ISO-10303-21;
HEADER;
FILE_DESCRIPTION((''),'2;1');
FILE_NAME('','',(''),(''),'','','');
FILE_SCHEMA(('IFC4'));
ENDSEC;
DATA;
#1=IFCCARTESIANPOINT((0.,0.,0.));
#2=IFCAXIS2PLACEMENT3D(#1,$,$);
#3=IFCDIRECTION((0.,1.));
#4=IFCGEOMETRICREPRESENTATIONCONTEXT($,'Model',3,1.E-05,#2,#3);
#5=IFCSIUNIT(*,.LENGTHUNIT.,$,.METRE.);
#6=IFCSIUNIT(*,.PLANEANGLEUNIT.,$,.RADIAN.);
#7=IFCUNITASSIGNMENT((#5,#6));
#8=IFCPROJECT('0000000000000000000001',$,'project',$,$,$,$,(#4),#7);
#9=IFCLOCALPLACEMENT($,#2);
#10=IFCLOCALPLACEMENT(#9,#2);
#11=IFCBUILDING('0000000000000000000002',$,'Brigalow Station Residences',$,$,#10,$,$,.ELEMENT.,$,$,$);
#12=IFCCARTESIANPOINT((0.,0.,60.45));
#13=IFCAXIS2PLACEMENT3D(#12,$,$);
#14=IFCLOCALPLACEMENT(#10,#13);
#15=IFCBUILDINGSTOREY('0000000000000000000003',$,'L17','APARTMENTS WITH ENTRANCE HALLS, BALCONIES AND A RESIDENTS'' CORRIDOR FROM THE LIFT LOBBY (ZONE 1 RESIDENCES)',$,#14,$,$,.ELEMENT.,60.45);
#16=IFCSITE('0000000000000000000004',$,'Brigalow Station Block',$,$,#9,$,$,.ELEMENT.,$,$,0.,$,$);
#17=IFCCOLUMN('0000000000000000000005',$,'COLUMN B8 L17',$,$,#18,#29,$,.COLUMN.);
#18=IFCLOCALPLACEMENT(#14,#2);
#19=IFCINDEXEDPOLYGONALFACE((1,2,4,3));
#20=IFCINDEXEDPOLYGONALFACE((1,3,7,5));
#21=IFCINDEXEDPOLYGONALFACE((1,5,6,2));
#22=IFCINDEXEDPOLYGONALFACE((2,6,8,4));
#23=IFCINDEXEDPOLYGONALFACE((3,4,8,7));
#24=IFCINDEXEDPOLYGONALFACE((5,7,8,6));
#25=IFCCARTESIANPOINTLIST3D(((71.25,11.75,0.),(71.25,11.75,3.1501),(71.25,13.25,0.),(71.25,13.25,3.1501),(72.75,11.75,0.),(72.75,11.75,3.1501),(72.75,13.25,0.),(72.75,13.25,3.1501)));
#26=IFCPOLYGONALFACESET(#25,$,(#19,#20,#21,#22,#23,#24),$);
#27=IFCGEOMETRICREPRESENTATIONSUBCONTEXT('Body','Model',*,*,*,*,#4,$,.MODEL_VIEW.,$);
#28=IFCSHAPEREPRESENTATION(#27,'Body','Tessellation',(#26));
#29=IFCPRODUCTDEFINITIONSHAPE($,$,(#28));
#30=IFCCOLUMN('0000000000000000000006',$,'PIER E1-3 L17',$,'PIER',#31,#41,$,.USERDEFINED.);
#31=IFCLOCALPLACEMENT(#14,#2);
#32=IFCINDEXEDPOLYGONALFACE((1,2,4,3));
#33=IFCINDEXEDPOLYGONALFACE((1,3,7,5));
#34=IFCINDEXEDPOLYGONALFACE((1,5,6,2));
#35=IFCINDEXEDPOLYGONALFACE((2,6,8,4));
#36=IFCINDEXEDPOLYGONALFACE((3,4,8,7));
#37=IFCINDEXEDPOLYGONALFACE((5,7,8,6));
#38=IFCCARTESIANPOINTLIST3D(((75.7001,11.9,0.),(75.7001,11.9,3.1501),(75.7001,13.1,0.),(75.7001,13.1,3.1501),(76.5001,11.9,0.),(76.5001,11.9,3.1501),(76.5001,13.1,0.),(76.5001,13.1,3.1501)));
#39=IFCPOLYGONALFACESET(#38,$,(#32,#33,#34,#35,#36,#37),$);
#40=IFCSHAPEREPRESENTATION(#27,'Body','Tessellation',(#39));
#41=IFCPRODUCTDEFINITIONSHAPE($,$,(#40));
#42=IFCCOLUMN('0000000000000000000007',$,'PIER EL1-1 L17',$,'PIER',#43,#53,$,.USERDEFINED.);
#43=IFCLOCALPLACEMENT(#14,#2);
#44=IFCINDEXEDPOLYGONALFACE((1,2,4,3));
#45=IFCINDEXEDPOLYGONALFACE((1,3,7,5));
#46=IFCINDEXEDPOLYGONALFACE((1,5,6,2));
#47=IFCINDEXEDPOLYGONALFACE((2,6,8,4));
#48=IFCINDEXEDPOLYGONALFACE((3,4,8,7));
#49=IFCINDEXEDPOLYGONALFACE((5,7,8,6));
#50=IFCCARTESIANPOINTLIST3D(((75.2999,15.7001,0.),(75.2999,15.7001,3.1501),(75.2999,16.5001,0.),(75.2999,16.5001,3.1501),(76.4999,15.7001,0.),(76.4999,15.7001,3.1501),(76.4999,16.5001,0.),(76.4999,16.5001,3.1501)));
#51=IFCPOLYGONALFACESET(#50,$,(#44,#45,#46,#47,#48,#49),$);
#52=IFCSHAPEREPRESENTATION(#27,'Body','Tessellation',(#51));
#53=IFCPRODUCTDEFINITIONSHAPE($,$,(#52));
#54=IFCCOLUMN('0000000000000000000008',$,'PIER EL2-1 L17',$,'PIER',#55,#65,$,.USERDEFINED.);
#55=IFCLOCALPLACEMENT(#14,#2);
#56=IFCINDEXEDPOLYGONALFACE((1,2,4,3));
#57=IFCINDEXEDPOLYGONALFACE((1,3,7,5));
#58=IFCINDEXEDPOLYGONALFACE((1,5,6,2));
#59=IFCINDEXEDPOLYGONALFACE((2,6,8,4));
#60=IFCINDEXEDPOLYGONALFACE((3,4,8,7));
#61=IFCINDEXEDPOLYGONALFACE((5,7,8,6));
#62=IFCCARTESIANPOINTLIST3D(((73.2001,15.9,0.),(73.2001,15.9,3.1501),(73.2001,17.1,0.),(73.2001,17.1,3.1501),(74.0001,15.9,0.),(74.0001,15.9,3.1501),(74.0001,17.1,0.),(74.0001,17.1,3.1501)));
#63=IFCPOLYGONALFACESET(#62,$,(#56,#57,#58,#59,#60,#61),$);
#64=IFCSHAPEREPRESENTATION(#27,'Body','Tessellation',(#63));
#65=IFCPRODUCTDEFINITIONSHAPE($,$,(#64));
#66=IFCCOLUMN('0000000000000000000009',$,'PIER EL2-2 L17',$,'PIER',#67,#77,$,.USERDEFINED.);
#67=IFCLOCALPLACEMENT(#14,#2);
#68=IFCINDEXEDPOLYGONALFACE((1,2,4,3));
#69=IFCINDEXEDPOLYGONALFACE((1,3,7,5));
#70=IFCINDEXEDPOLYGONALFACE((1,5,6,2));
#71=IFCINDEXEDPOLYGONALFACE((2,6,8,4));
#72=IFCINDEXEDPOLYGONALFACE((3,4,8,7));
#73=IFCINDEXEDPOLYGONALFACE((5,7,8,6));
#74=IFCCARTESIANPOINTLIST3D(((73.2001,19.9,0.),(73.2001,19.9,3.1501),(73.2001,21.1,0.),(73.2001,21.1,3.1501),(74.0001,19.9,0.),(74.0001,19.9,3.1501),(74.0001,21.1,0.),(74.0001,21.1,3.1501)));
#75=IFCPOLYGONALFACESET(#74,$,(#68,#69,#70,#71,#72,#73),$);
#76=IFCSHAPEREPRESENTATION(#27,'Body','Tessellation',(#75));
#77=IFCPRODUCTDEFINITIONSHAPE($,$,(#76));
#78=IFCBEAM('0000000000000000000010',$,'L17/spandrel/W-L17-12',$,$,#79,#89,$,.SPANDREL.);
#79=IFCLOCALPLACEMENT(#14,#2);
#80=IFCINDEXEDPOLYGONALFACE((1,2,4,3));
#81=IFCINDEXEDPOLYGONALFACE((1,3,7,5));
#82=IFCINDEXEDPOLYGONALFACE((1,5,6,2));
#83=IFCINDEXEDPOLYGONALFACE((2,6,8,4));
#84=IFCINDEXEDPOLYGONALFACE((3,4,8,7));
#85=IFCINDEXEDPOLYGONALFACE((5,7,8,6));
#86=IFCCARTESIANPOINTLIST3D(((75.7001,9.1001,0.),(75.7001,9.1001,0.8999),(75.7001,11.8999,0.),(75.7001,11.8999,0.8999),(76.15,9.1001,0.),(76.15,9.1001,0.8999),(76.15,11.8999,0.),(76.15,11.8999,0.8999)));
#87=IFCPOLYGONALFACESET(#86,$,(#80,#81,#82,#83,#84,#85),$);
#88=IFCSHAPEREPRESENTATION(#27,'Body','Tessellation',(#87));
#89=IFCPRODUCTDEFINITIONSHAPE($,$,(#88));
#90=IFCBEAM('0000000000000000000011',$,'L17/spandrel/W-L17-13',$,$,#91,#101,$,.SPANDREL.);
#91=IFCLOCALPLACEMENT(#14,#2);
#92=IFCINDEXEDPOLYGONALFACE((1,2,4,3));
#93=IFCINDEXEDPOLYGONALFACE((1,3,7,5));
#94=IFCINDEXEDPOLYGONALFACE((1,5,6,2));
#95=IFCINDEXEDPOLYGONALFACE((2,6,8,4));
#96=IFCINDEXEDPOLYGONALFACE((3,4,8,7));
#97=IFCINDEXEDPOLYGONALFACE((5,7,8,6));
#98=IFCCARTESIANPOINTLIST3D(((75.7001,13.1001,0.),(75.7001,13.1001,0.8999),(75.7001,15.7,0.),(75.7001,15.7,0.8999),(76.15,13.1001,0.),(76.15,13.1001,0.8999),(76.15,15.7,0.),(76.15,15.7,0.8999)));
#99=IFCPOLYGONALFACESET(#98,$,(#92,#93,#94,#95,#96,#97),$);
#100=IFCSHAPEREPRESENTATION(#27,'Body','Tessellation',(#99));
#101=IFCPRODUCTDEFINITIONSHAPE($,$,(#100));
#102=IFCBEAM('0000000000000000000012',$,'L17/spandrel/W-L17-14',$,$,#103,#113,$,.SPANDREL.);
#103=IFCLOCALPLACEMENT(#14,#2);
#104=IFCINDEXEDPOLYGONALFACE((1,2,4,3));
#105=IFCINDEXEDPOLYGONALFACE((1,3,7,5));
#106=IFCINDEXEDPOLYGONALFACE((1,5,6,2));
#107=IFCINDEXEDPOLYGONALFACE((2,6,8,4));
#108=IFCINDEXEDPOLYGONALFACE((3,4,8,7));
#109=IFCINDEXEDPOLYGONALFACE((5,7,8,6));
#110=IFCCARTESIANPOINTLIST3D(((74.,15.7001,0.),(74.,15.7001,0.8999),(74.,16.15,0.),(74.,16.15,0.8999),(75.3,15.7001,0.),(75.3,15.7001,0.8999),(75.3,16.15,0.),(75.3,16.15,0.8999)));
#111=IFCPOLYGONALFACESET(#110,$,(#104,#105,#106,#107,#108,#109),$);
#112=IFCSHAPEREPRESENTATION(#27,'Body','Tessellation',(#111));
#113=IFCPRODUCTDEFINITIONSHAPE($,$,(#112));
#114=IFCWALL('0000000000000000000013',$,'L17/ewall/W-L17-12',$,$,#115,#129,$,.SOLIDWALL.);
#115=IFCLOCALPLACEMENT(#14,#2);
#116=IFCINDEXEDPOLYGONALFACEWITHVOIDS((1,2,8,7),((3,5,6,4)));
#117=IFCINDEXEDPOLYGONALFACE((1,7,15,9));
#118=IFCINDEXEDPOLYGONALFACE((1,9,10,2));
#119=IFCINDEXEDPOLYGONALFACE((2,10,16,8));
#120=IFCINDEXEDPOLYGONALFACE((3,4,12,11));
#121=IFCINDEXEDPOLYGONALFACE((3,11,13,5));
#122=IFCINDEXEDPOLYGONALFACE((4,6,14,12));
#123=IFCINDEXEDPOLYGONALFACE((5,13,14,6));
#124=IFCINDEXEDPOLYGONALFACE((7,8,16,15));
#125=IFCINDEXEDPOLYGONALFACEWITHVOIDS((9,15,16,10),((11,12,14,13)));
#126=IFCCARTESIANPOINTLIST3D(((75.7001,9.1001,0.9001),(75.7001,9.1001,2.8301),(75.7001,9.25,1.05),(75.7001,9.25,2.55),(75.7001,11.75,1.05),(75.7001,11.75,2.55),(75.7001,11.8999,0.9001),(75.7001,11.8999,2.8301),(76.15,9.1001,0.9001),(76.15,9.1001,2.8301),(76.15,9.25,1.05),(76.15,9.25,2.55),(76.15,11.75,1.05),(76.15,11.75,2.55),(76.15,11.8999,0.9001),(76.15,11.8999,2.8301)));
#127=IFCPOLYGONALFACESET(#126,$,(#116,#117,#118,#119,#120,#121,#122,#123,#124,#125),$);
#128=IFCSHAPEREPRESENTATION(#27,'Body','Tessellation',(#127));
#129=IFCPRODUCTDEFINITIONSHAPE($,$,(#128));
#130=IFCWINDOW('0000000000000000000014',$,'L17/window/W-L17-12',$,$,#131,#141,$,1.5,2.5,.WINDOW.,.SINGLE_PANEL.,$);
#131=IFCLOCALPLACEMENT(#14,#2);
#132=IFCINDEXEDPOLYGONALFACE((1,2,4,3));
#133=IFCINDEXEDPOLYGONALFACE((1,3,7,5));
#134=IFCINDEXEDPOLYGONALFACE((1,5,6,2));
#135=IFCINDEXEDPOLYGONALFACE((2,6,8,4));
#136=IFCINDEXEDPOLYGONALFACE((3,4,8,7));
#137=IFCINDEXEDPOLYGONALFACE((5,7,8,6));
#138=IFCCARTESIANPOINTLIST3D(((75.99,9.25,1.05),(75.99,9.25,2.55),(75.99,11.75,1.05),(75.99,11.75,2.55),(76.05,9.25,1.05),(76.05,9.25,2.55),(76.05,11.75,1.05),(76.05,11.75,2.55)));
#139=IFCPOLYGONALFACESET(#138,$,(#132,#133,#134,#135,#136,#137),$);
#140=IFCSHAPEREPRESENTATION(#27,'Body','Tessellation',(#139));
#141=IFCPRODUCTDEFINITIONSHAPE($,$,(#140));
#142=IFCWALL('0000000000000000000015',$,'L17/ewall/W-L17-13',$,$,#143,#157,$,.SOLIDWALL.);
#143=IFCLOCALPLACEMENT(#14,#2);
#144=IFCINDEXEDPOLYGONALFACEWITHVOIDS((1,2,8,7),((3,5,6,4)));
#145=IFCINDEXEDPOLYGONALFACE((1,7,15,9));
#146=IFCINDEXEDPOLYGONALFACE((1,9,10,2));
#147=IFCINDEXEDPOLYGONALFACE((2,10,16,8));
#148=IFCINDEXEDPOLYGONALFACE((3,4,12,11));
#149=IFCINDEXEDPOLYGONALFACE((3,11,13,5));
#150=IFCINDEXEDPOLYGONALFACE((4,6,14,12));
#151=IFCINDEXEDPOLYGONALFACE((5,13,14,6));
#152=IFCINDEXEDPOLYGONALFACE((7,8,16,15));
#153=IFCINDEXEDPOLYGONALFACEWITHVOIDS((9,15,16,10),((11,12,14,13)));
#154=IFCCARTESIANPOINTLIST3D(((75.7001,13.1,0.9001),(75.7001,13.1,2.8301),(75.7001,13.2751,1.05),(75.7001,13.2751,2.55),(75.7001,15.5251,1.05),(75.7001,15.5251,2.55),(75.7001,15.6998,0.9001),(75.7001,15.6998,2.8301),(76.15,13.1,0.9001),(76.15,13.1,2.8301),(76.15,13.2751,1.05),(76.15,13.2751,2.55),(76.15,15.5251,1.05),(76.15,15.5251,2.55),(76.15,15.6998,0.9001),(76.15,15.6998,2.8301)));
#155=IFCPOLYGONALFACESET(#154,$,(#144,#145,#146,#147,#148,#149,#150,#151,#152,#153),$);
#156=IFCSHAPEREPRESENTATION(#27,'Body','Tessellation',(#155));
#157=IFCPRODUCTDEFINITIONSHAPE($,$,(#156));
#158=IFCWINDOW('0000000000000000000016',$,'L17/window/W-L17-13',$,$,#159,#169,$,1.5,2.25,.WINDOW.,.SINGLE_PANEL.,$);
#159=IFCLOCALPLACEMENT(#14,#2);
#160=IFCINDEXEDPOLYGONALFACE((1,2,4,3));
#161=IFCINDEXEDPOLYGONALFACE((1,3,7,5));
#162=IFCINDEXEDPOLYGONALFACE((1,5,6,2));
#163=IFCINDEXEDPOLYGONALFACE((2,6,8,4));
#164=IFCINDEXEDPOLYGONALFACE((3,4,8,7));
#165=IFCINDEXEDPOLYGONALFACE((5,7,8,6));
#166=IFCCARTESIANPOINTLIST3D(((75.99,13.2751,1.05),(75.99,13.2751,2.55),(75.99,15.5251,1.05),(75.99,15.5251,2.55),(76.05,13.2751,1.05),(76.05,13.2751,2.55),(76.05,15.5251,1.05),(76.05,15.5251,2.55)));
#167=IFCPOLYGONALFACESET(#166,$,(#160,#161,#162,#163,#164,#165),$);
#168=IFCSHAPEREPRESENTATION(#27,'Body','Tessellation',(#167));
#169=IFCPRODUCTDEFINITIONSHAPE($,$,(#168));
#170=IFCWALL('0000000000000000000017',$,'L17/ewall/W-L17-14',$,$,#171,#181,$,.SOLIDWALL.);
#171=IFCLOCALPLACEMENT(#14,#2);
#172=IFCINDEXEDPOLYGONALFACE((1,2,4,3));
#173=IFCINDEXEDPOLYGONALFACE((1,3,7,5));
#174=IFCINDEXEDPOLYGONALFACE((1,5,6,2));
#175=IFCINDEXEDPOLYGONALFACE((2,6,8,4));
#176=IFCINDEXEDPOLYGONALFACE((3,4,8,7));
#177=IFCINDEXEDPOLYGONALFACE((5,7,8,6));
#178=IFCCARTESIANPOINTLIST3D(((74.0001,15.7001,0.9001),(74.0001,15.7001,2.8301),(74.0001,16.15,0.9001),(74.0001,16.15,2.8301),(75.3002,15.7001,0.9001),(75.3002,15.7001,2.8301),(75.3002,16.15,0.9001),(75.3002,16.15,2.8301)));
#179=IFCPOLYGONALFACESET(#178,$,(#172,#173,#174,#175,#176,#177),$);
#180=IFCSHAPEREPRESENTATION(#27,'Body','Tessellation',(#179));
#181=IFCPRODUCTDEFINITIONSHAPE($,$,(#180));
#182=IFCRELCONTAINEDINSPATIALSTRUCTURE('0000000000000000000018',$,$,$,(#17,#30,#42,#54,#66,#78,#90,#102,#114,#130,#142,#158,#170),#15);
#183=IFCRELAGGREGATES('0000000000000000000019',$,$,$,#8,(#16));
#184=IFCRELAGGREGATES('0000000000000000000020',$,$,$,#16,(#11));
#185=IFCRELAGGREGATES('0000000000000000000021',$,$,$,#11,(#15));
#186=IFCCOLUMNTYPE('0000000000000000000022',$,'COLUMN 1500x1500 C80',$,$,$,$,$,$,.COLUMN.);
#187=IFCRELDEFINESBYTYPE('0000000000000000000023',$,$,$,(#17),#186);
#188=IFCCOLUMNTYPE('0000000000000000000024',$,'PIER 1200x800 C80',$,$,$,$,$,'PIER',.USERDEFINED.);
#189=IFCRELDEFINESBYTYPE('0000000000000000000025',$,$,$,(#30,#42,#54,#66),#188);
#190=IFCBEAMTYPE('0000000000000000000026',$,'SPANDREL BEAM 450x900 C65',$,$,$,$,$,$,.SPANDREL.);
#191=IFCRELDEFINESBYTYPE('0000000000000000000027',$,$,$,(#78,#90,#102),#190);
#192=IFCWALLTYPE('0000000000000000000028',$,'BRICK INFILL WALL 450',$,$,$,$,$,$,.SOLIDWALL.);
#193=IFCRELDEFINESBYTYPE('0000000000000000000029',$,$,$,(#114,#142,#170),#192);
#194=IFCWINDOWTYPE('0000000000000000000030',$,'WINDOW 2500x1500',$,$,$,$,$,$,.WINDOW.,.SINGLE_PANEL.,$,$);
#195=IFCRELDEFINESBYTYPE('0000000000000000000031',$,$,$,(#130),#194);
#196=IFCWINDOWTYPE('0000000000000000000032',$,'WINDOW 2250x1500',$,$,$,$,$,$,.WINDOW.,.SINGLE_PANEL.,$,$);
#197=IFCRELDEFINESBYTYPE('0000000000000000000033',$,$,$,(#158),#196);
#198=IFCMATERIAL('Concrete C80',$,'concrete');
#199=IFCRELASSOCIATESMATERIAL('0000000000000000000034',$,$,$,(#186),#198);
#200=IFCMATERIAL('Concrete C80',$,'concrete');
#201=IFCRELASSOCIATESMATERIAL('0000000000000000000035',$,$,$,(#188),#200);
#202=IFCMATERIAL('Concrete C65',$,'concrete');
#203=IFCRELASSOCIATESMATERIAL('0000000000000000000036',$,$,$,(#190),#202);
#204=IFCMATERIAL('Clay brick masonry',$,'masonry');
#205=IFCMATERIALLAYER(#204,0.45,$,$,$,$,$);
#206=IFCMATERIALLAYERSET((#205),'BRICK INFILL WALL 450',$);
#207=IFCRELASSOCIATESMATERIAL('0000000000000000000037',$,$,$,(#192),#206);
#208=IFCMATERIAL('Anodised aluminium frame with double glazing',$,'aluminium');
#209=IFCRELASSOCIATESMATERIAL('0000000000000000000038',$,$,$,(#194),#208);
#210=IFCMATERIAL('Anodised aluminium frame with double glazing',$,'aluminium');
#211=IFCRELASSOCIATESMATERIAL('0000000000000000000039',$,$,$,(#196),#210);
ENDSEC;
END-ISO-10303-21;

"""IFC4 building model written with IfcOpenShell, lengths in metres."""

from ifc_helpers import new_model, si_unit, direction, frame, frame_2d, origin, origin_2d, place, context, subcontext, project, spatial, rectangle, extrude, material, layer, layer_set, material_profile, profile_set, type_object, element, fill, save


model = new_model("IFC4")

# Units and contexts
model_context = context("Model", 3, precision=1e-05, world=origin(), true_north=direction((0.0, 1.0)))
body_context = subcontext(model_context, "Body", "Model", "MODEL_VIEW")
ifc_project = project(units=[si_unit("LENGTHUNIT", "METRE"), si_unit("PLANEANGLEUNIT", "RADIAN")], contexts=[model_context])

# Site, building, storey
site_placement = place(None, origin())
site = spatial("IfcSite", under=ifc_project, at=site_placement, Name="Brigalow Station Block", CompositionType="ELEMENT", RefElevation=0.0)
building_placement = place(site_placement, origin())
building = spatial("IfcBuilding", under=site, at=building_placement, Name="Brigalow Station Residences", CompositionType="ELEMENT")
storey_placement = place(building_placement, frame((0.0, 0.0, 60.45)))
storey = spatial("IfcBuildingStorey", under=building, at=storey_placement, Name="L17", Description="APARTMENTS WITH ENTRANCE HALLS, BALCONIES AND A RESIDENTS' CORRIDOR FROM THE LIFT LOBBY (ZONE 1 RESIDENCES)", CompositionType="ELEMENT", Elevation=60.45)

# Columns
ifc_material_1 = material(Name="Concrete C80", Category="concrete")
ifc_material_profile_1 = material_profile(ifc_material_1, rectangle(XDim=1.5, YDim=1.5, at=origin_2d()), Name="RC1500x1500")
ifc_profile_set_1 = profile_set([ifc_material_profile_1], Name="Concrete C80")
column_type_1 = type_object("IfcColumnType", Name="COLUMN 1500x1500 C80", PredefinedType="COLUMN", material=ifc_profile_set_1)
column_placement = place(storey_placement, frame((72.0, 12.5, 0.0), z_axis=(0.0, 0.0, 1.0), x_axis=(1.0, 0.0, 0.0)))
element("IfcColumn", 1, at=column_placement, inside=storey, type_object=column_type_1, Name="COLUMN B8 L17", PredefinedType="COLUMN", context=body_context, shape_type="SweptSolid", body=[
    extrude(rectangle(XDim=1.5, YDim=1.5, at=origin_2d()), origin(), (0.0, 0.0, 1.0), 3.1501),
])
ifc_material_2 = material(Name="Concrete C80", Category="concrete")
ifc_material_profile_2 = material_profile(ifc_material_2, rectangle(XDim=1.2, YDim=0.8, at=origin_2d()), Name="RC1200x800")
ifc_profile_set_2 = profile_set([ifc_material_profile_2], Name="Concrete C80")
column_type_2 = type_object("IfcColumnType", Name="PIER 1200x800 C80", ElementType="PIER", PredefinedType="USERDEFINED", material=ifc_profile_set_2)
for number, where, z_axis, x_axis, name in (
    (2, (76.1001, 12.5, 0.0), (0.0, 0.0, 1.0), (0.0, 1.0, 0.0), "PIER E1-3 L17"),
    (3, (75.8999, 16.1001, 0.0), (0.0, 0.0, 1.0), (-1.0, 0.0, 0.0), "PIER EL1-1 L17"),
    (4, (73.6001, 16.5, 0.0), (0.0, 0.0, 1.0), (0.0, 1.0, 0.0), "PIER EL2-1 L17"),
    (5, (73.6001, 20.5, 0.0), (0.0, 0.0, 1.0), (0.0, 1.0, 0.0), "PIER EL2-2 L17"),
):
    element("IfcColumn", number, at=place(storey_placement, frame(where, z_axis=z_axis, x_axis=x_axis)), inside=storey, type_object=column_type_2, Name=name, ObjectType="PIER", PredefinedType="USERDEFINED", context=body_context, shape_type="SweptSolid", body=[
        extrude(rectangle(XDim=1.2, YDim=0.8, at=origin_2d()), origin(), (0.0, 0.0, 1.0), 3.1501),
    ])

# Beams
ifc_material_3 = material(Name="Concrete C65", Category="concrete")
ifc_material_profile_3 = material_profile(ifc_material_3, rectangle(XDim=0.45, YDim=0.8999, at=origin_2d()), Name="RC450x900")
ifc_profile_set_3 = profile_set([ifc_material_profile_3], Name="Concrete C65")
beam_type = type_object("IfcBeamType", Name="SPANDREL BEAM 450x900 C65", PredefinedType="SPANDREL", material=ifc_profile_set_3)
beam_1_placement = place(storey_placement, frame((75.925, 9.1001, 0.45), z_axis=(0.0, 1.0, 0.0), x_axis=(-1.0, 0.0, 0.0)))
element("IfcBeam", 6, at=beam_1_placement, inside=storey, type_object=beam_type, Name="L17/spandrel/W-L17-12", PredefinedType="SPANDREL", context=body_context, shape_type="SweptSolid", body=[
    extrude(rectangle(XDim=0.45, YDim=0.8999, at=origin_2d()), origin(), (0.0, 0.0, 1.0), 2.7998),
])
beam_2_placement = place(storey_placement, frame((75.925, 13.1001, 0.45), z_axis=(0.0, 1.0, 0.0), x_axis=(-1.0, 0.0, 0.0)))
element("IfcBeam", 7, at=beam_2_placement, inside=storey, type_object=beam_type, Name="L17/spandrel/W-L17-13", PredefinedType="SPANDREL", context=body_context, shape_type="SweptSolid", body=[
    extrude(rectangle(XDim=0.45, YDim=0.8999, at=origin_2d()), origin(), (0.0, 0.0, 1.0), 2.5999),
])
beam_3_placement = place(storey_placement, frame((75.3, 15.925, 0.45), z_axis=(-1.0, 0.0, 0.0), x_axis=(0.0, -1.0, 0.0)))
element("IfcBeam", 8, at=beam_3_placement, inside=storey, type_object=beam_type, Name="L17/spandrel/W-L17-14", PredefinedType="SPANDREL", context=body_context, shape_type="SweptSolid", body=[
    extrude(rectangle(XDim=0.45, YDim=0.8999, at=origin_2d()), origin(), (0.0, 0.0, 1.0), 1.3),
])

# Walls, openings, windows
ifc_material_4 = material(Name="Clay brick masonry", Category="masonry")
ifc_layer = layer(ifc_material_4, 0.45)
ifc_layer_set = layer_set([ifc_layer], Name="BRICK INFILL WALL 450")
wall_type = type_object("IfcWallType", Name="BRICK INFILL WALL 450", PredefinedType="SOLIDWALL", material=ifc_layer_set)
wall_1_placement = place(storey_placement, frame((75.925, 9.1001, 0.9001), z_axis=(0.0, 0.0, 1.0), x_axis=(0.0, 1.0, 0.0)))
wall_1 = element("IfcWall", 9, at=wall_1_placement, inside=storey, type_object=wall_type, Name="L17/ewall/W-L17-12", PredefinedType="SOLIDWALL", context=body_context, shape_type="SweptSolid", body=[
    extrude(rectangle(XDim=2.7998, YDim=0.45, at=frame_2d((1.3999, 0.0))), origin(), (0.0, 0.0, 1.0), 1.9299),
])
opening_1_placement = place(wall_1_placement, frame((0.1499, 0.0, 0.1499)))
opening_1 = element("IfcOpeningElement", 10, at=opening_1_placement, cuts=wall_1, PredefinedType="OPENING", context=body_context, shape_type="SweptSolid", body=[
    extrude(rectangle(XDim=2.5, YDim=1.5, at=frame_2d((1.25, 0.75))), frame((0.0, 0.2349, 0.0), z_axis=(0.0, -1.0, 0.0), x_axis=(1.0, 0.0, 0.0)), (0.0, 0.0, 1.0), 0.47),
])
ifc_material_5 = material(Name="Anodised aluminium frame with double glazing", Category="aluminium")
window_type_1 = type_object("IfcWindowType", Name="WINDOW 2500x1500", PartitioningType="SINGLE_PANEL", PredefinedType="WINDOW", material=ifc_material_5)
window_1_placement = place(opening_1_placement, origin())
window_1 = element("IfcWindow", 11, at=window_1_placement, inside=storey, type_object=window_type_1, Name="L17/window/W-L17-12", OverallHeight=1.5, OverallWidth=2.5, PartitioningType="SINGLE_PANEL", PredefinedType="WINDOW", context=body_context, shape_type="SweptSolid", body=[
    extrude(rectangle(XDim=2.5, YDim=1.5, at=frame_2d((1.25, 0.75))), frame((0.0, -0.0649, 0.0), z_axis=(0.0, -1.0, 0.0), x_axis=(1.0, 0.0, 0.0)), (0.0, 0.0, 1.0), 0.0601),
])
fill(opening_1, window_1)
wall_2_placement = place(storey_placement, frame((75.925, 13.1001, 0.9001), z_axis=(0.0, 0.0, 1.0), x_axis=(0.0, 1.0, 0.0)))
wall_2 = element("IfcWall", 12, at=wall_2_placement, inside=storey, type_object=wall_type, Name="L17/ewall/W-L17-13", PredefinedType="SOLIDWALL", context=body_context, shape_type="SweptSolid", body=[
    extrude(rectangle(XDim=2.5999, YDim=0.45, at=frame_2d((1.2998, 0.0))), origin(), (0.0, 0.0, 1.0), 1.9299),
])
opening_2_placement = place(wall_2_placement, frame((0.175, 0.0, 0.1499)))
opening_2 = element("IfcOpeningElement", 13, at=opening_2_placement, cuts=wall_2, PredefinedType="OPENING", context=body_context, shape_type="SweptSolid", body=[
    extrude(rectangle(XDim=2.25, YDim=1.5, at=frame_2d((1.125, 0.75))), frame((0.0, 0.2349, 0.0), z_axis=(0.0, -1.0, 0.0), x_axis=(1.0, 0.0, 0.0)), (0.0, 0.0, 1.0), 0.47),
])
ifc_material_6 = material(Name="Anodised aluminium frame with double glazing", Category="aluminium")
window_type_2 = type_object("IfcWindowType", Name="WINDOW 2250x1500", PartitioningType="SINGLE_PANEL", PredefinedType="WINDOW", material=ifc_material_6)
window_2_placement = place(opening_2_placement, origin())
window_2 = element("IfcWindow", 14, at=window_2_placement, inside=storey, type_object=window_type_2, Name="L17/window/W-L17-13", OverallHeight=1.5, OverallWidth=2.25, PartitioningType="SINGLE_PANEL", PredefinedType="WINDOW", context=body_context, shape_type="SweptSolid", body=[
    extrude(rectangle(XDim=2.25, YDim=1.5, at=frame_2d((1.125, 0.75))), frame((0.0, -0.0649, 0.0), z_axis=(0.0, -1.0, 0.0), x_axis=(1.0, 0.0, 0.0)), (0.0, 0.0, 1.0), 0.0601),
])
fill(opening_2, window_2)

# Wall
wall_3_placement = place(storey_placement, frame((75.3, 15.925, 0.9001), z_axis=(0.0, 0.0, 1.0), x_axis=(-1.0, 0.0, 0.0)))
element("IfcWall", 15, at=wall_3_placement, inside=storey, type_object=wall_type, Name="L17/ewall/W-L17-14", PredefinedType="SOLIDWALL", context=body_context, shape_type="SweptSolid", body=[
    extrude(rectangle(XDim=1.3, YDim=0.45, at=frame_2d((0.6499, 0.0))), origin(), (0.0, 0.0, 1.0), 1.9299),
])

save(model, "model.ifc")
